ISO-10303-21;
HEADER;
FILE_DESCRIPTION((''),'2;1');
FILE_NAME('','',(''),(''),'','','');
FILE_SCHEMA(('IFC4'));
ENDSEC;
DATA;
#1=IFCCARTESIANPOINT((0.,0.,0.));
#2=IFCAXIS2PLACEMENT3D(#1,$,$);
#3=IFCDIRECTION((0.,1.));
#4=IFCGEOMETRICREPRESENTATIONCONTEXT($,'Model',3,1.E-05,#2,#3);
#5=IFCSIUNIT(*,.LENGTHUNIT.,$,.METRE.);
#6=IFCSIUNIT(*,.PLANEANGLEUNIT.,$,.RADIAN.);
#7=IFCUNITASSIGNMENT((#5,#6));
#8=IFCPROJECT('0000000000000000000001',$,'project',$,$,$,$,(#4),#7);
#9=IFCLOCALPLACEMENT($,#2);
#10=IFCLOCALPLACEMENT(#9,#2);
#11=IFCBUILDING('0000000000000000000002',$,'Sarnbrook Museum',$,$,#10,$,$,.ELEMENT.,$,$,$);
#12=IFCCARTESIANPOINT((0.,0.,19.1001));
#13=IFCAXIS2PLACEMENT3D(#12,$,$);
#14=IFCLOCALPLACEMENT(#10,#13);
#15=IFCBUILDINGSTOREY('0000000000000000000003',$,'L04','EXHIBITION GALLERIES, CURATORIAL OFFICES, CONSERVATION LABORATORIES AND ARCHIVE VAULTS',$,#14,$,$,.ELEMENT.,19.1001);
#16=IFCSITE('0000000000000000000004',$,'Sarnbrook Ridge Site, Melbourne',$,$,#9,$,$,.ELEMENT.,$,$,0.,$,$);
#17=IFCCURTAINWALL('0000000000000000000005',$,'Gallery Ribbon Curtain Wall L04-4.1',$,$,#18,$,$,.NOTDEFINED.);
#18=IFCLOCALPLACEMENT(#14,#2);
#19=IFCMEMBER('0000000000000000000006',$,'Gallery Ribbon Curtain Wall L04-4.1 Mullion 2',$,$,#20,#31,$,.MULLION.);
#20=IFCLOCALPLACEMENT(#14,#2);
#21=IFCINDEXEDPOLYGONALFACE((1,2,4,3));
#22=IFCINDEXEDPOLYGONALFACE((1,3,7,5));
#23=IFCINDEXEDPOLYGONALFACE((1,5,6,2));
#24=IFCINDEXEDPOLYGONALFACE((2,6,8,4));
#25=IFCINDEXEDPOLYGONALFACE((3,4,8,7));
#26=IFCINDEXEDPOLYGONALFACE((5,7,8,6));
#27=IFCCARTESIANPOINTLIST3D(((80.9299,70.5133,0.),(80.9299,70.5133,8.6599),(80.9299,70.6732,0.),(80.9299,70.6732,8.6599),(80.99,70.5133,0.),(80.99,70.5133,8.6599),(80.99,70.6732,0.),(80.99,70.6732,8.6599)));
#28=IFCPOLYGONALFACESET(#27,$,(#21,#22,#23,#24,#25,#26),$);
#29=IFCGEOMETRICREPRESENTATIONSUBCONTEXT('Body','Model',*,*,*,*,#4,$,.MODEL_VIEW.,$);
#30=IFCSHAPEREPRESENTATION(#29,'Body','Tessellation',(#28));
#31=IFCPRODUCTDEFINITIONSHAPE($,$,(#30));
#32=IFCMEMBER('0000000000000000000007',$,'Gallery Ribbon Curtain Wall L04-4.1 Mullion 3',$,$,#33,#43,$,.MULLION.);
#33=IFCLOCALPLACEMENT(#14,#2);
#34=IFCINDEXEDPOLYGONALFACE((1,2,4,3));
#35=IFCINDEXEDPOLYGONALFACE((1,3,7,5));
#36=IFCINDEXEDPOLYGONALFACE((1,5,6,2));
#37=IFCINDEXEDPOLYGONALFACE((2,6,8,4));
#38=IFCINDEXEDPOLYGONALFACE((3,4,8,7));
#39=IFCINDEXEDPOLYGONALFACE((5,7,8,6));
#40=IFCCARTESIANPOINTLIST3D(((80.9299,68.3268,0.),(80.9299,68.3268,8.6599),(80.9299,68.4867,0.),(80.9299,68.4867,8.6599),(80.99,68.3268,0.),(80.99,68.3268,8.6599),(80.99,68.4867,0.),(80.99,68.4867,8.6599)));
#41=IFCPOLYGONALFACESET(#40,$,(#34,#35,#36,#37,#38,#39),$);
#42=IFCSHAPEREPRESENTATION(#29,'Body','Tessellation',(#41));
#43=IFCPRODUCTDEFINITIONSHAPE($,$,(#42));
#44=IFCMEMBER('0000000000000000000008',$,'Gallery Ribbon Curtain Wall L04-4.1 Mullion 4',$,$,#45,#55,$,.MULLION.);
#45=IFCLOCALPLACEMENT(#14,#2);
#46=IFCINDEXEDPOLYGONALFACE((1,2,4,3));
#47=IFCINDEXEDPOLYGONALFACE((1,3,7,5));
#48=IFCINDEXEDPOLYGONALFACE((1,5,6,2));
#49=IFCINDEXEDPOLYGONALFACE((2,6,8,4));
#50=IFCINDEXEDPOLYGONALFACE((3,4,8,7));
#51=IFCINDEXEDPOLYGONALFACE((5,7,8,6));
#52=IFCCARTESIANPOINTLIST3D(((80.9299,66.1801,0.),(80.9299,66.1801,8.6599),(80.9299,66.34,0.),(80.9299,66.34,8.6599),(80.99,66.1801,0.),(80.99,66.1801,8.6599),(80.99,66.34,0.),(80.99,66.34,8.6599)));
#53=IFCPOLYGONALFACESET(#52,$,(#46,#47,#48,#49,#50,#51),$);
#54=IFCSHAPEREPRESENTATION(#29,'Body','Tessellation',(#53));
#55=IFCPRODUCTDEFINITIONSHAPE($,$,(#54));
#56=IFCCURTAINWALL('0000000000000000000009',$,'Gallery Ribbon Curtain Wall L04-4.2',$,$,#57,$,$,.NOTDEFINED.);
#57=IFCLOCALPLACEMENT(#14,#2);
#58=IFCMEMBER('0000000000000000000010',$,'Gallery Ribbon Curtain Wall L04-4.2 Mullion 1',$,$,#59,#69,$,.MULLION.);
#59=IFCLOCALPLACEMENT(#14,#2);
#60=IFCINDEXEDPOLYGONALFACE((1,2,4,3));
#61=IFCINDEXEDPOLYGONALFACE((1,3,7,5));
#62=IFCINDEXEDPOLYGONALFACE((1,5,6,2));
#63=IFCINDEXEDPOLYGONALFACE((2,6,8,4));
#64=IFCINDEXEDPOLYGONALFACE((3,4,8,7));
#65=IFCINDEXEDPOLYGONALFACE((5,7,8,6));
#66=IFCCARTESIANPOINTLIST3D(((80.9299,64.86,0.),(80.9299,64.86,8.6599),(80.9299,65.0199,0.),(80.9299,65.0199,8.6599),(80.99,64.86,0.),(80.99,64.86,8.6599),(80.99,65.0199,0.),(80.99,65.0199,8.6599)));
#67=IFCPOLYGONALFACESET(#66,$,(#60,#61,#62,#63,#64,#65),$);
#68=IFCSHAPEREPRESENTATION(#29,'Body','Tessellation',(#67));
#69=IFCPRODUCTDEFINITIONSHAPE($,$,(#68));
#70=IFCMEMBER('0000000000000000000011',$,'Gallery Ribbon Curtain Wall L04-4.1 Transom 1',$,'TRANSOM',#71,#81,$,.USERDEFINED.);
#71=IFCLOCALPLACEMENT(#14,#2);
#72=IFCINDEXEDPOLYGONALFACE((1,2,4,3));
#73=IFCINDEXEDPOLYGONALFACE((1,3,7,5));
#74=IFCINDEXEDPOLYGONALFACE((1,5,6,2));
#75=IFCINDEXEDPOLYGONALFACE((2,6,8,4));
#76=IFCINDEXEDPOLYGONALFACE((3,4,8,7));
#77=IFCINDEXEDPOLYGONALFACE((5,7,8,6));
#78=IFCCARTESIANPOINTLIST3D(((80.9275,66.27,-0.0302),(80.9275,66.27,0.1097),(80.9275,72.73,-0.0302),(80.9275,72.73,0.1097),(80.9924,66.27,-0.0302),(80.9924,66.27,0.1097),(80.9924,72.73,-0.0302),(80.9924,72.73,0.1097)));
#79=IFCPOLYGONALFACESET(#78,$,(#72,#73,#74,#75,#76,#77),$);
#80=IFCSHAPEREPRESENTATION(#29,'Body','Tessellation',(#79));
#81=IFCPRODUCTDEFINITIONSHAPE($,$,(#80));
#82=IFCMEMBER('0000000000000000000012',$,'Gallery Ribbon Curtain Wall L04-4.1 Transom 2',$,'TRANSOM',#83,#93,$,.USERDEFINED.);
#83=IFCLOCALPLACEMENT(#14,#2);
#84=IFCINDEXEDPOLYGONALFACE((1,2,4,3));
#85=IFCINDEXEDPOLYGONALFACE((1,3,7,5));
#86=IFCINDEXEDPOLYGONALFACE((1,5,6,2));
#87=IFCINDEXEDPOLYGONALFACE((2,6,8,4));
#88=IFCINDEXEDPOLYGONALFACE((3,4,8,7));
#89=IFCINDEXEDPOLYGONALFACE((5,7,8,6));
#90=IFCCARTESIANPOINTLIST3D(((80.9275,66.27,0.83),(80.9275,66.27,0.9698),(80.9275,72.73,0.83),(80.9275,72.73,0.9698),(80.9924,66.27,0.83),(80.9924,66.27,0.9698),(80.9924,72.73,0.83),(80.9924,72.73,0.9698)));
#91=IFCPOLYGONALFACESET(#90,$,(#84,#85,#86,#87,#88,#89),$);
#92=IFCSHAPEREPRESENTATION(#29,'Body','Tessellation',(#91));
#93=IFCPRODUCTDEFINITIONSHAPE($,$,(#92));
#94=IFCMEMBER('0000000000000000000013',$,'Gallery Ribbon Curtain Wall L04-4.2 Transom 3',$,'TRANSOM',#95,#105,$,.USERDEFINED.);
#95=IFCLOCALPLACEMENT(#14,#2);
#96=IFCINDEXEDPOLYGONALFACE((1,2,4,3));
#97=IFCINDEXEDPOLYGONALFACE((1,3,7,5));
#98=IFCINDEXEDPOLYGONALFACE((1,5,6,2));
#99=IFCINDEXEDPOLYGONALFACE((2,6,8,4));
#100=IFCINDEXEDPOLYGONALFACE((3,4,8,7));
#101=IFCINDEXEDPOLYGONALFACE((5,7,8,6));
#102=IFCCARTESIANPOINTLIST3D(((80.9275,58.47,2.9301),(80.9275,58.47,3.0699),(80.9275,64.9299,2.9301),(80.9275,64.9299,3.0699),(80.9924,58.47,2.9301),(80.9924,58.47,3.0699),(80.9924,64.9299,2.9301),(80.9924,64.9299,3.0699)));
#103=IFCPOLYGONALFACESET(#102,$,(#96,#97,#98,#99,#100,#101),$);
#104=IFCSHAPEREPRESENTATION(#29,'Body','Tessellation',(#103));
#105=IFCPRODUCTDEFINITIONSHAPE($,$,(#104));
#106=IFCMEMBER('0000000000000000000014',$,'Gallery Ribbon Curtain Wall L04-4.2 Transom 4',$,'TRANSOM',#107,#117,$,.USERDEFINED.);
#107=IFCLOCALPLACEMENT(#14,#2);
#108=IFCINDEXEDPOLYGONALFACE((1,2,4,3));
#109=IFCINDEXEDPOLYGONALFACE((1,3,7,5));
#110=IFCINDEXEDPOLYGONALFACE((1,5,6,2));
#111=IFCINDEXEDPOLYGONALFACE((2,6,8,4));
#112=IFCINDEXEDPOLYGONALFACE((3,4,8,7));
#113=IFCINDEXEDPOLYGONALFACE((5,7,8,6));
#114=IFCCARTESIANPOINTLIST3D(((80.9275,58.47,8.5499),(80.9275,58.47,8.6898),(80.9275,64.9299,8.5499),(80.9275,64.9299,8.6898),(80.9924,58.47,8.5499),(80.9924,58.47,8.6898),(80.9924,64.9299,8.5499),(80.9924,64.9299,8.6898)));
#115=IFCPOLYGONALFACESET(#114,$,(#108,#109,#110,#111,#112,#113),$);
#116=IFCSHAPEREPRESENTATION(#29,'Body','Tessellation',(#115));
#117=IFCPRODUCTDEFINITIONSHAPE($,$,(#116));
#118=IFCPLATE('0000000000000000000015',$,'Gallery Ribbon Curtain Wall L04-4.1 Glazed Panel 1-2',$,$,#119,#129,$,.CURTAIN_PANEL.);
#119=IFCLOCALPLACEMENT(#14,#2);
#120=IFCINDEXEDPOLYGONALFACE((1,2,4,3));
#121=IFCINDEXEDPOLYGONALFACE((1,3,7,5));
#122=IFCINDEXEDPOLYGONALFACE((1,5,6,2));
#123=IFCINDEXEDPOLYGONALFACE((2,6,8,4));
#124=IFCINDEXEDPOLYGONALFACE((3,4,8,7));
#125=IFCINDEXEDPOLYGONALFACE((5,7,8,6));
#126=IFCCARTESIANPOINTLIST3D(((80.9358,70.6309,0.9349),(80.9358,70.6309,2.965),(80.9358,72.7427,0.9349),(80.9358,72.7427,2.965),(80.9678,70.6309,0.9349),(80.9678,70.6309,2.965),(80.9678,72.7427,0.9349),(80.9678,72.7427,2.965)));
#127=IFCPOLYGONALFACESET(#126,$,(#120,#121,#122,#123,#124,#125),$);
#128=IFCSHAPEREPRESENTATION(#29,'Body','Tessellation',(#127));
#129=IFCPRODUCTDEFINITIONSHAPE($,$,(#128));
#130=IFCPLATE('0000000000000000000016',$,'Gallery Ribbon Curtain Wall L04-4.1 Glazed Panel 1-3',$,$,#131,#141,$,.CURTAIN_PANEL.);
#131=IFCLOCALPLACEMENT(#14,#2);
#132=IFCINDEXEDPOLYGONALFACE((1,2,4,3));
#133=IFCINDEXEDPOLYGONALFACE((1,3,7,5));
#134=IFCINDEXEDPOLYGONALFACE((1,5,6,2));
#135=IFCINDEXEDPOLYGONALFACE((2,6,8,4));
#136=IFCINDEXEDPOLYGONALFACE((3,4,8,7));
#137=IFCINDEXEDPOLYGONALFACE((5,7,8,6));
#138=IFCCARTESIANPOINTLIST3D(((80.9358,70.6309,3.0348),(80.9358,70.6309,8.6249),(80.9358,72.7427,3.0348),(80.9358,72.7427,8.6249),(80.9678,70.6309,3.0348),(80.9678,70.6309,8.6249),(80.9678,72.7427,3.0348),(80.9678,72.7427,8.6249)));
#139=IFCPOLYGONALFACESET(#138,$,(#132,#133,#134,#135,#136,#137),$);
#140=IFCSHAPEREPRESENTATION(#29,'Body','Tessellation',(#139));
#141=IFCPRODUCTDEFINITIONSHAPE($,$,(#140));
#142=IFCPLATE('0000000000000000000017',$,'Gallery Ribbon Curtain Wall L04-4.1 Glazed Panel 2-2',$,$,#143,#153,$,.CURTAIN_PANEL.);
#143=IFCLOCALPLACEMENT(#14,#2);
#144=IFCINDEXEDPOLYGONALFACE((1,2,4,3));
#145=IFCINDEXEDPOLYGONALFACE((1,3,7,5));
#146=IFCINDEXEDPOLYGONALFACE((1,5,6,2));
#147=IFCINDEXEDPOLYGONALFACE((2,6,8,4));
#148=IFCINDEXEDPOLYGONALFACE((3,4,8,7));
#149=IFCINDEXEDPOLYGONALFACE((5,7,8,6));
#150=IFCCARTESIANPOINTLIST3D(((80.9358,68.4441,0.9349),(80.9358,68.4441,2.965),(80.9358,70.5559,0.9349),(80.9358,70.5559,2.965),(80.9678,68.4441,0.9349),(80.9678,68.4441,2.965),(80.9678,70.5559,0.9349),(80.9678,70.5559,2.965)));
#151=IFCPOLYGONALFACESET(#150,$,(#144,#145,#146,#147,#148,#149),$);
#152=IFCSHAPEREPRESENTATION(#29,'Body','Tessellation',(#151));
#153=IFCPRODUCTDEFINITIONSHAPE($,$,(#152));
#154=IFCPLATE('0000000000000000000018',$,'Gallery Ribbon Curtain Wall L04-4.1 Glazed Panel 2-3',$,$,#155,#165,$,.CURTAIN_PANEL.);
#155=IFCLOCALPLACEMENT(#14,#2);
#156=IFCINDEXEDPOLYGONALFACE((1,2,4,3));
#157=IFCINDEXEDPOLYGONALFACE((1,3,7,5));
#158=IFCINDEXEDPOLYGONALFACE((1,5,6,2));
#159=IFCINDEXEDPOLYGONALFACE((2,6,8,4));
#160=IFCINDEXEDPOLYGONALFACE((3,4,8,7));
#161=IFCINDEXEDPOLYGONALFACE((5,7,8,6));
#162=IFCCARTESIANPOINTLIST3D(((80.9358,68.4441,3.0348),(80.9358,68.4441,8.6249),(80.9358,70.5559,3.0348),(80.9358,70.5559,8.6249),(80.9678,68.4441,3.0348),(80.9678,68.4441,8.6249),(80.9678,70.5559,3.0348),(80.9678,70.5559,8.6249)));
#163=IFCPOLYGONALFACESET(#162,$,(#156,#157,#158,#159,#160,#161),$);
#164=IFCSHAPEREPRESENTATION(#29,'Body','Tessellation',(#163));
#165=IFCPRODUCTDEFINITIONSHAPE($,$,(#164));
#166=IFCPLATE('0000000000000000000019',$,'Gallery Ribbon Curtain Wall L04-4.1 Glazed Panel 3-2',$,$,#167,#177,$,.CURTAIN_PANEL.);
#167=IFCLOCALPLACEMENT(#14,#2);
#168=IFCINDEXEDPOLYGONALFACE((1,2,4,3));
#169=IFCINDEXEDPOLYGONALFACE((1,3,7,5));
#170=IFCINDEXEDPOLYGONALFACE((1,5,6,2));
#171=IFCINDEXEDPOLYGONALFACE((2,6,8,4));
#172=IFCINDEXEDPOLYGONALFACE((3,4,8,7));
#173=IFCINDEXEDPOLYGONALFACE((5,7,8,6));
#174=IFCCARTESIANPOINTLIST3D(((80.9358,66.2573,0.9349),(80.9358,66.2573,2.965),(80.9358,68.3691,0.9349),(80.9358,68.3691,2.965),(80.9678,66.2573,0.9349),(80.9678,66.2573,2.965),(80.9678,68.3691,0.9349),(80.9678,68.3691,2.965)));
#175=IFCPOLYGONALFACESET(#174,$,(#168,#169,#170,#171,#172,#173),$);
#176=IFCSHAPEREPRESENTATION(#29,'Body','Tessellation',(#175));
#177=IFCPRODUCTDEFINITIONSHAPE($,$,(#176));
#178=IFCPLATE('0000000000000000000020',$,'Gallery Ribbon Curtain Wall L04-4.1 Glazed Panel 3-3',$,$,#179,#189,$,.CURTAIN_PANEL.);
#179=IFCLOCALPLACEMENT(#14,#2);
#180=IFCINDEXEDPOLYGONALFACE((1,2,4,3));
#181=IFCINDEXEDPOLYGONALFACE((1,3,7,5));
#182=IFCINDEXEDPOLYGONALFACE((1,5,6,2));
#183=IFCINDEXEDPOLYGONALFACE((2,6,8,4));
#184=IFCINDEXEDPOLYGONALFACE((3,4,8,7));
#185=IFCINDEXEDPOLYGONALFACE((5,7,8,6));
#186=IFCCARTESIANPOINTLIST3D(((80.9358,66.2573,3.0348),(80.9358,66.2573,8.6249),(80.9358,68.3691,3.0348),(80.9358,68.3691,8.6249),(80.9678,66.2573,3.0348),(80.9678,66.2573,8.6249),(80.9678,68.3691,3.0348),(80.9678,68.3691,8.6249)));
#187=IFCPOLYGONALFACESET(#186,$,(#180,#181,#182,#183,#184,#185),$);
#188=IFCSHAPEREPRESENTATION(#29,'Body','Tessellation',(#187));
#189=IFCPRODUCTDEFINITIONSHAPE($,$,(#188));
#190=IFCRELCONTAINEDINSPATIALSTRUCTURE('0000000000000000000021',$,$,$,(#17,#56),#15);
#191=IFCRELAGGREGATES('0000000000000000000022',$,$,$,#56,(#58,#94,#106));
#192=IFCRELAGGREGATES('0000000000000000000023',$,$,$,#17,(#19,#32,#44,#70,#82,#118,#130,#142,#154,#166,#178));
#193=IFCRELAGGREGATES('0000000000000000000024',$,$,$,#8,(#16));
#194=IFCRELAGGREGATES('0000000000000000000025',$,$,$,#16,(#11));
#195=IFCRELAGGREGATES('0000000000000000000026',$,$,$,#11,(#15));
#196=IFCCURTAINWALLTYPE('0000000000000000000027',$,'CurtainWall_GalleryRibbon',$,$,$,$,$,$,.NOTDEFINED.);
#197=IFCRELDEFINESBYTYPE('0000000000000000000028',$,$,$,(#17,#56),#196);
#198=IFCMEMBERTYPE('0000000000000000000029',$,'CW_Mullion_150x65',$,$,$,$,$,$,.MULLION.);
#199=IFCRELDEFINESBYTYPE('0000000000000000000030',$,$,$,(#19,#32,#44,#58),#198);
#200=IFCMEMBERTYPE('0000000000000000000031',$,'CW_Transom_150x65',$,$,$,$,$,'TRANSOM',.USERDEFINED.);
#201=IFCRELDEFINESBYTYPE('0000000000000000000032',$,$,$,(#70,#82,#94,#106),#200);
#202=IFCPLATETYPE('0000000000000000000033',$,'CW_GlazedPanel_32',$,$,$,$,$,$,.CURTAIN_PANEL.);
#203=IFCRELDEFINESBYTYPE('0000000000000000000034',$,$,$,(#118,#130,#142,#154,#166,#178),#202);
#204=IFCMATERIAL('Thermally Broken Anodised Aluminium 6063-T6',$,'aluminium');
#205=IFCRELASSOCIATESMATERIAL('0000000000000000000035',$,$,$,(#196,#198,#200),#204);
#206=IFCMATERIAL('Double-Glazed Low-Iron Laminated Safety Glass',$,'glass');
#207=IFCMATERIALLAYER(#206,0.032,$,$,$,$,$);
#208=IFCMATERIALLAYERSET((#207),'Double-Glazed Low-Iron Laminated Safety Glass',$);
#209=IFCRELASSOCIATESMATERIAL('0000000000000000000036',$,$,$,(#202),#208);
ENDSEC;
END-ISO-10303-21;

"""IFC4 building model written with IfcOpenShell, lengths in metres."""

from ifc_helpers import new_model, si_unit, direction, frame, origin, origin_2d, place, context, subcontext, project, spatial, rectangle, extrude, material, layer, layer_set, material_profile, profile_set, type_object, element, aggregate, save


model = new_model("IFC4")

# Units and contexts
model_context = context("Model", 3, precision=1e-05, world=origin(), true_north=direction((0.0, 1.0)))
body_context = subcontext(model_context, "Body", "Model", "MODEL_VIEW")
ifc_project = project(units=[si_unit("LENGTHUNIT", "METRE"), si_unit("PLANEANGLEUNIT", "RADIAN")], contexts=[model_context])

# Site, building, storey
site_placement = place(None, origin())
site = spatial("IfcSite", under=ifc_project, at=site_placement, Name="Sarnbrook Ridge Site, Melbourne", CompositionType="ELEMENT", RefElevation=0.0)
building_placement = place(site_placement, origin())
building = spatial("IfcBuilding", under=site, at=building_placement, Name="Sarnbrook Museum", CompositionType="ELEMENT")
storey_placement = place(building_placement, frame((0.0, 0.0, 19.1001)))
storey = spatial("IfcBuildingStorey", under=building, at=storey_placement, Name="L04", Description="EXHIBITION GALLERIES, CURATORIAL OFFICES, CONSERVATION LABORATORIES AND ARCHIVE VAULTS", CompositionType="ELEMENT", Elevation=19.1001)

# Curtain wall, members
ifc_material_1 = material(Name="Thermally Broken Anodised Aluminium 6063-T6", Category="aluminium")
curtain_wall_type = type_object("IfcCurtainWallType", Name="CurtainWall_GalleryRibbon", PredefinedType="NOTDEFINED", material=ifc_material_1)
curtain_wall_1_placement = place(storey_placement, origin())
curtain_wall_1 = element("IfcCurtainWall", 1, at=curtain_wall_1_placement, inside=storey, type_object=curtain_wall_type, Name="Gallery Ribbon Curtain Wall L04-4.1", PredefinedType="NOTDEFINED")
ifc_material_profile_1 = material_profile(ifc_material_1, rectangle(XDim=0.0601, YDim=0.1599, at=origin_2d()), Name="ALU MULLION 60x160")
ifc_profile_set_1 = profile_set([ifc_material_profile_1], Name="Thermally Broken Anodised Aluminium 6063-T6")
member_type_1 = type_object("IfcMemberType", Name="CW_Mullion_150x65", PredefinedType="MULLION", material=ifc_profile_set_1)
member_1_placement = place(storey_placement, frame((80.96, 70.5933, 0.0), z_axis=(0.0, 0.0, 1.0), x_axis=(1.0, 0.0, 0.0)))
member_1 = element("IfcMember", 2, at=member_1_placement, type_object=member_type_1, Name="Gallery Ribbon Curtain Wall L04-4.1 Mullion 2", PredefinedType="MULLION", context=body_context, shape_type="SweptSolid", body=[
    extrude(rectangle(XDim=0.0601, YDim=0.1599, at=origin_2d()), origin(), (0.0, 0.0, 1.0), 8.6599),
])
member_2_placement = place(storey_placement, frame((80.96, 68.4067, 0.0), z_axis=(0.0, 0.0, 1.0), x_axis=(1.0, 0.0, 0.0)))
member_2 = element("IfcMember", 3, at=member_2_placement, type_object=member_type_1, Name="Gallery Ribbon Curtain Wall L04-4.1 Mullion 3", PredefinedType="MULLION", context=body_context, shape_type="SweptSolid", body=[
    extrude(rectangle(XDim=0.0601, YDim=0.1599, at=origin_2d()), origin(), (0.0, 0.0, 1.0), 8.6599),
])
member_3_placement = place(storey_placement, frame((80.96, 66.26, 0.0), z_axis=(0.0, 0.0, 1.0), x_axis=(1.0, 0.0, 0.0)))
member_3 = element("IfcMember", 4, at=member_3_placement, type_object=member_type_1, Name="Gallery Ribbon Curtain Wall L04-4.1 Mullion 4", PredefinedType="MULLION", context=body_context, shape_type="SweptSolid", body=[
    extrude(rectangle(XDim=0.0601, YDim=0.1599, at=origin_2d()), origin(), (0.0, 0.0, 1.0), 8.6599),
])

# Curtain wall, member
curtain_wall_2_placement = place(storey_placement, origin())
curtain_wall_2 = element("IfcCurtainWall", 5, at=curtain_wall_2_placement, inside=storey, type_object=curtain_wall_type, Name="Gallery Ribbon Curtain Wall L04-4.2", PredefinedType="NOTDEFINED")
member_4_placement = place(storey_placement, frame((80.96, 64.9399, 0.0), z_axis=(0.0, 0.0, 1.0), x_axis=(1.0, 0.0, 0.0)))
member_4 = element("IfcMember", 6, at=member_4_placement, type_object=member_type_1, Name="Gallery Ribbon Curtain Wall L04-4.2 Mullion 1", PredefinedType="MULLION", context=body_context, shape_type="SweptSolid", body=[
    extrude(rectangle(XDim=0.0601, YDim=0.1599, at=origin_2d()), origin(), (0.0, 0.0, 1.0), 8.6599),
])

# Members
ifc_material_profile_2 = material_profile(ifc_material_1, rectangle(XDim=0.0649, YDim=0.1399, at=origin_2d()), Name="ALU TRANSOM 65x140")
ifc_profile_set_2 = profile_set([ifc_material_profile_2], Name="Thermally Broken Anodised Aluminium 6063-T6")
member_type_2 = type_object("IfcMemberType", Name="CW_Transom_150x65", ElementType="TRANSOM", PredefinedType="USERDEFINED", material=ifc_profile_set_2)
member_5_placement = place(storey_placement, frame((80.96, 72.73, 0.0398), z_axis=(0.0, -1.0, 0.0), x_axis=(1.0, 0.0, 0.0)))
member_5 = element("IfcMember", 7, at=member_5_placement, type_object=member_type_2, Name="Gallery Ribbon Curtain Wall L04-4.1 Transom 1", ObjectType="TRANSOM", PredefinedType="USERDEFINED", context=body_context, shape_type="SweptSolid", body=[
    extrude(rectangle(XDim=0.0649, YDim=0.1399, at=origin_2d()), origin(), (0.0, 0.0, 1.0), 6.46),
])
member_6_placement = place(storey_placement, frame((80.96, 72.73, 0.8999), z_axis=(0.0, -1.0, 0.0), x_axis=(1.0, 0.0, 0.0)))
member_6 = element("IfcMember", 8, at=member_6_placement, type_object=member_type_2, Name="Gallery Ribbon Curtain Wall L04-4.1 Transom 2", ObjectType="TRANSOM", PredefinedType="USERDEFINED", context=body_context, shape_type="SweptSolid", body=[
    extrude(rectangle(XDim=0.0649, YDim=0.1399, at=origin_2d()), origin(), (0.0, 0.0, 1.0), 6.46),
])
member_7_placement = place(storey_placement, frame((80.96, 64.9299, 3.0), z_axis=(0.0, -1.0, 0.0), x_axis=(1.0, 0.0, 0.0)))
member_7 = element("IfcMember", 9, at=member_7_placement, type_object=member_type_2, Name="Gallery Ribbon Curtain Wall L04-4.2 Transom 3", ObjectType="TRANSOM", PredefinedType="USERDEFINED", context=body_context, shape_type="SweptSolid", body=[
    extrude(rectangle(XDim=0.0649, YDim=0.1399, at=origin_2d()), origin(), (0.0, 0.0, 1.0), 6.46),
])
member_8_placement = place(storey_placement, frame((80.96, 64.9299, 8.6199), z_axis=(0.0, -1.0, 0.0), x_axis=(1.0, 0.0, 0.0)))
member_8 = element("IfcMember", 10, at=member_8_placement, type_object=member_type_2, Name="Gallery Ribbon Curtain Wall L04-4.2 Transom 4", ObjectType="TRANSOM", PredefinedType="USERDEFINED", context=body_context, shape_type="SweptSolid", body=[
    extrude(rectangle(XDim=0.0649, YDim=0.1399, at=origin_2d()), origin(), (0.0, 0.0, 1.0), 6.46),
])
aggregate(curtain_wall_2, [member_4, member_7, member_8])

# Plates
ifc_material_2 = material(Name="Double-Glazed Low-Iron Laminated Safety Glass", Category="glass")
ifc_layer_1 = layer(ifc_material_2, 0.032)
ifc_layer_set_1 = layer_set([ifc_layer_1], Name="Double-Glazed Low-Iron Laminated Safety Glass")
plate_type_1 = type_object("IfcPlateType", Name="CW_GlazedPanel_32", PredefinedType="CURTAIN_PANEL", material=ifc_layer_set_1)
plate_1_placement = place(storey_placement, frame((80.9678, 71.6868, 1.95), z_axis=(-1.0, 0.0, 0.0), x_axis=(0.0, -1.0, 0.0)))
plate_1 = element("IfcPlate", 11, at=plate_1_placement, type_object=plate_type_1, Name="Gallery Ribbon Curtain Wall L04-4.1 Glazed Panel 1-2", PredefinedType="CURTAIN_PANEL", context=body_context, shape_type="SweptSolid", body=[
    extrude(rectangle(XDim=2.1118, YDim=2.03, at=origin_2d()), origin(), (0.0, 0.0, 1.0), 0.032),
])
plate_2_placement = place(storey_placement, frame((80.9678, 71.6868, 5.8298), z_axis=(-1.0, 0.0, 0.0), x_axis=(0.0, -1.0, 0.0)))
plate_2 = element("IfcPlate", 12, at=plate_2_placement, type_object=plate_type_1, Name="Gallery Ribbon Curtain Wall L04-4.1 Glazed Panel 1-3", PredefinedType="CURTAIN_PANEL", context=body_context, shape_type="SweptSolid", body=[
    extrude(rectangle(XDim=2.1118, YDim=5.5901, at=origin_2d()), origin(), (0.0, 0.0, 1.0), 0.032),
])
plate_3_placement = place(storey_placement, frame((80.9678, 69.5, 1.95), z_axis=(-1.0, 0.0, 0.0), x_axis=(0.0, -1.0, 0.0)))
plate_3 = element("IfcPlate", 13, at=plate_3_placement, type_object=plate_type_1, Name="Gallery Ribbon Curtain Wall L04-4.1 Glazed Panel 2-2", PredefinedType="CURTAIN_PANEL", context=body_context, shape_type="SweptSolid", body=[
    extrude(rectangle(XDim=2.1118, YDim=2.03, at=origin_2d()), origin(), (0.0, 0.0, 1.0), 0.032),
])
plate_4_placement = place(storey_placement, frame((80.9678, 69.5, 5.8298), z_axis=(-1.0, 0.0, 0.0), x_axis=(0.0, -1.0, 0.0)))
plate_4 = element("IfcPlate", 14, at=plate_4_placement, type_object=plate_type_1, Name="Gallery Ribbon Curtain Wall L04-4.1 Glazed Panel 2-3", PredefinedType="CURTAIN_PANEL", context=body_context, shape_type="SweptSolid", body=[
    extrude(rectangle(XDim=2.1118, YDim=5.5901, at=origin_2d()), origin(), (0.0, 0.0, 1.0), 0.032),
])
plate_5_placement = place(storey_placement, frame((80.9678, 67.3132, 1.95), z_axis=(-1.0, 0.0, 0.0), x_axis=(0.0, -1.0, 0.0)))
plate_5 = element("IfcPlate", 15, at=plate_5_placement, type_object=plate_type_1, Name="Gallery Ribbon Curtain Wall L04-4.1 Glazed Panel 3-2", PredefinedType="CURTAIN_PANEL", context=body_context, shape_type="SweptSolid", body=[
    extrude(rectangle(XDim=2.1118, YDim=2.03, at=origin_2d()), origin(), (0.0, 0.0, 1.0), 0.032),
])
plate_6_placement = place(storey_placement, frame((80.9678, 67.3132, 5.8298), z_axis=(-1.0, 0.0, 0.0), x_axis=(0.0, -1.0, 0.0)))
plate_6 = element("IfcPlate", 16, at=plate_6_placement, type_object=plate_type_1, Name="Gallery Ribbon Curtain Wall L04-4.1 Glazed Panel 3-3", PredefinedType="CURTAIN_PANEL", context=body_context, shape_type="SweptSolid", body=[
    extrude(rectangle(XDim=2.1118, YDim=5.5901, at=origin_2d()), origin(), (0.0, 0.0, 1.0), 0.032),
])
aggregate(curtain_wall_1, [member_1, member_2, member_3, member_5, member_6, plate_1, plate_2, plate_3, plate_4, plate_5, plate_6])

save(model, "model.ifc")
